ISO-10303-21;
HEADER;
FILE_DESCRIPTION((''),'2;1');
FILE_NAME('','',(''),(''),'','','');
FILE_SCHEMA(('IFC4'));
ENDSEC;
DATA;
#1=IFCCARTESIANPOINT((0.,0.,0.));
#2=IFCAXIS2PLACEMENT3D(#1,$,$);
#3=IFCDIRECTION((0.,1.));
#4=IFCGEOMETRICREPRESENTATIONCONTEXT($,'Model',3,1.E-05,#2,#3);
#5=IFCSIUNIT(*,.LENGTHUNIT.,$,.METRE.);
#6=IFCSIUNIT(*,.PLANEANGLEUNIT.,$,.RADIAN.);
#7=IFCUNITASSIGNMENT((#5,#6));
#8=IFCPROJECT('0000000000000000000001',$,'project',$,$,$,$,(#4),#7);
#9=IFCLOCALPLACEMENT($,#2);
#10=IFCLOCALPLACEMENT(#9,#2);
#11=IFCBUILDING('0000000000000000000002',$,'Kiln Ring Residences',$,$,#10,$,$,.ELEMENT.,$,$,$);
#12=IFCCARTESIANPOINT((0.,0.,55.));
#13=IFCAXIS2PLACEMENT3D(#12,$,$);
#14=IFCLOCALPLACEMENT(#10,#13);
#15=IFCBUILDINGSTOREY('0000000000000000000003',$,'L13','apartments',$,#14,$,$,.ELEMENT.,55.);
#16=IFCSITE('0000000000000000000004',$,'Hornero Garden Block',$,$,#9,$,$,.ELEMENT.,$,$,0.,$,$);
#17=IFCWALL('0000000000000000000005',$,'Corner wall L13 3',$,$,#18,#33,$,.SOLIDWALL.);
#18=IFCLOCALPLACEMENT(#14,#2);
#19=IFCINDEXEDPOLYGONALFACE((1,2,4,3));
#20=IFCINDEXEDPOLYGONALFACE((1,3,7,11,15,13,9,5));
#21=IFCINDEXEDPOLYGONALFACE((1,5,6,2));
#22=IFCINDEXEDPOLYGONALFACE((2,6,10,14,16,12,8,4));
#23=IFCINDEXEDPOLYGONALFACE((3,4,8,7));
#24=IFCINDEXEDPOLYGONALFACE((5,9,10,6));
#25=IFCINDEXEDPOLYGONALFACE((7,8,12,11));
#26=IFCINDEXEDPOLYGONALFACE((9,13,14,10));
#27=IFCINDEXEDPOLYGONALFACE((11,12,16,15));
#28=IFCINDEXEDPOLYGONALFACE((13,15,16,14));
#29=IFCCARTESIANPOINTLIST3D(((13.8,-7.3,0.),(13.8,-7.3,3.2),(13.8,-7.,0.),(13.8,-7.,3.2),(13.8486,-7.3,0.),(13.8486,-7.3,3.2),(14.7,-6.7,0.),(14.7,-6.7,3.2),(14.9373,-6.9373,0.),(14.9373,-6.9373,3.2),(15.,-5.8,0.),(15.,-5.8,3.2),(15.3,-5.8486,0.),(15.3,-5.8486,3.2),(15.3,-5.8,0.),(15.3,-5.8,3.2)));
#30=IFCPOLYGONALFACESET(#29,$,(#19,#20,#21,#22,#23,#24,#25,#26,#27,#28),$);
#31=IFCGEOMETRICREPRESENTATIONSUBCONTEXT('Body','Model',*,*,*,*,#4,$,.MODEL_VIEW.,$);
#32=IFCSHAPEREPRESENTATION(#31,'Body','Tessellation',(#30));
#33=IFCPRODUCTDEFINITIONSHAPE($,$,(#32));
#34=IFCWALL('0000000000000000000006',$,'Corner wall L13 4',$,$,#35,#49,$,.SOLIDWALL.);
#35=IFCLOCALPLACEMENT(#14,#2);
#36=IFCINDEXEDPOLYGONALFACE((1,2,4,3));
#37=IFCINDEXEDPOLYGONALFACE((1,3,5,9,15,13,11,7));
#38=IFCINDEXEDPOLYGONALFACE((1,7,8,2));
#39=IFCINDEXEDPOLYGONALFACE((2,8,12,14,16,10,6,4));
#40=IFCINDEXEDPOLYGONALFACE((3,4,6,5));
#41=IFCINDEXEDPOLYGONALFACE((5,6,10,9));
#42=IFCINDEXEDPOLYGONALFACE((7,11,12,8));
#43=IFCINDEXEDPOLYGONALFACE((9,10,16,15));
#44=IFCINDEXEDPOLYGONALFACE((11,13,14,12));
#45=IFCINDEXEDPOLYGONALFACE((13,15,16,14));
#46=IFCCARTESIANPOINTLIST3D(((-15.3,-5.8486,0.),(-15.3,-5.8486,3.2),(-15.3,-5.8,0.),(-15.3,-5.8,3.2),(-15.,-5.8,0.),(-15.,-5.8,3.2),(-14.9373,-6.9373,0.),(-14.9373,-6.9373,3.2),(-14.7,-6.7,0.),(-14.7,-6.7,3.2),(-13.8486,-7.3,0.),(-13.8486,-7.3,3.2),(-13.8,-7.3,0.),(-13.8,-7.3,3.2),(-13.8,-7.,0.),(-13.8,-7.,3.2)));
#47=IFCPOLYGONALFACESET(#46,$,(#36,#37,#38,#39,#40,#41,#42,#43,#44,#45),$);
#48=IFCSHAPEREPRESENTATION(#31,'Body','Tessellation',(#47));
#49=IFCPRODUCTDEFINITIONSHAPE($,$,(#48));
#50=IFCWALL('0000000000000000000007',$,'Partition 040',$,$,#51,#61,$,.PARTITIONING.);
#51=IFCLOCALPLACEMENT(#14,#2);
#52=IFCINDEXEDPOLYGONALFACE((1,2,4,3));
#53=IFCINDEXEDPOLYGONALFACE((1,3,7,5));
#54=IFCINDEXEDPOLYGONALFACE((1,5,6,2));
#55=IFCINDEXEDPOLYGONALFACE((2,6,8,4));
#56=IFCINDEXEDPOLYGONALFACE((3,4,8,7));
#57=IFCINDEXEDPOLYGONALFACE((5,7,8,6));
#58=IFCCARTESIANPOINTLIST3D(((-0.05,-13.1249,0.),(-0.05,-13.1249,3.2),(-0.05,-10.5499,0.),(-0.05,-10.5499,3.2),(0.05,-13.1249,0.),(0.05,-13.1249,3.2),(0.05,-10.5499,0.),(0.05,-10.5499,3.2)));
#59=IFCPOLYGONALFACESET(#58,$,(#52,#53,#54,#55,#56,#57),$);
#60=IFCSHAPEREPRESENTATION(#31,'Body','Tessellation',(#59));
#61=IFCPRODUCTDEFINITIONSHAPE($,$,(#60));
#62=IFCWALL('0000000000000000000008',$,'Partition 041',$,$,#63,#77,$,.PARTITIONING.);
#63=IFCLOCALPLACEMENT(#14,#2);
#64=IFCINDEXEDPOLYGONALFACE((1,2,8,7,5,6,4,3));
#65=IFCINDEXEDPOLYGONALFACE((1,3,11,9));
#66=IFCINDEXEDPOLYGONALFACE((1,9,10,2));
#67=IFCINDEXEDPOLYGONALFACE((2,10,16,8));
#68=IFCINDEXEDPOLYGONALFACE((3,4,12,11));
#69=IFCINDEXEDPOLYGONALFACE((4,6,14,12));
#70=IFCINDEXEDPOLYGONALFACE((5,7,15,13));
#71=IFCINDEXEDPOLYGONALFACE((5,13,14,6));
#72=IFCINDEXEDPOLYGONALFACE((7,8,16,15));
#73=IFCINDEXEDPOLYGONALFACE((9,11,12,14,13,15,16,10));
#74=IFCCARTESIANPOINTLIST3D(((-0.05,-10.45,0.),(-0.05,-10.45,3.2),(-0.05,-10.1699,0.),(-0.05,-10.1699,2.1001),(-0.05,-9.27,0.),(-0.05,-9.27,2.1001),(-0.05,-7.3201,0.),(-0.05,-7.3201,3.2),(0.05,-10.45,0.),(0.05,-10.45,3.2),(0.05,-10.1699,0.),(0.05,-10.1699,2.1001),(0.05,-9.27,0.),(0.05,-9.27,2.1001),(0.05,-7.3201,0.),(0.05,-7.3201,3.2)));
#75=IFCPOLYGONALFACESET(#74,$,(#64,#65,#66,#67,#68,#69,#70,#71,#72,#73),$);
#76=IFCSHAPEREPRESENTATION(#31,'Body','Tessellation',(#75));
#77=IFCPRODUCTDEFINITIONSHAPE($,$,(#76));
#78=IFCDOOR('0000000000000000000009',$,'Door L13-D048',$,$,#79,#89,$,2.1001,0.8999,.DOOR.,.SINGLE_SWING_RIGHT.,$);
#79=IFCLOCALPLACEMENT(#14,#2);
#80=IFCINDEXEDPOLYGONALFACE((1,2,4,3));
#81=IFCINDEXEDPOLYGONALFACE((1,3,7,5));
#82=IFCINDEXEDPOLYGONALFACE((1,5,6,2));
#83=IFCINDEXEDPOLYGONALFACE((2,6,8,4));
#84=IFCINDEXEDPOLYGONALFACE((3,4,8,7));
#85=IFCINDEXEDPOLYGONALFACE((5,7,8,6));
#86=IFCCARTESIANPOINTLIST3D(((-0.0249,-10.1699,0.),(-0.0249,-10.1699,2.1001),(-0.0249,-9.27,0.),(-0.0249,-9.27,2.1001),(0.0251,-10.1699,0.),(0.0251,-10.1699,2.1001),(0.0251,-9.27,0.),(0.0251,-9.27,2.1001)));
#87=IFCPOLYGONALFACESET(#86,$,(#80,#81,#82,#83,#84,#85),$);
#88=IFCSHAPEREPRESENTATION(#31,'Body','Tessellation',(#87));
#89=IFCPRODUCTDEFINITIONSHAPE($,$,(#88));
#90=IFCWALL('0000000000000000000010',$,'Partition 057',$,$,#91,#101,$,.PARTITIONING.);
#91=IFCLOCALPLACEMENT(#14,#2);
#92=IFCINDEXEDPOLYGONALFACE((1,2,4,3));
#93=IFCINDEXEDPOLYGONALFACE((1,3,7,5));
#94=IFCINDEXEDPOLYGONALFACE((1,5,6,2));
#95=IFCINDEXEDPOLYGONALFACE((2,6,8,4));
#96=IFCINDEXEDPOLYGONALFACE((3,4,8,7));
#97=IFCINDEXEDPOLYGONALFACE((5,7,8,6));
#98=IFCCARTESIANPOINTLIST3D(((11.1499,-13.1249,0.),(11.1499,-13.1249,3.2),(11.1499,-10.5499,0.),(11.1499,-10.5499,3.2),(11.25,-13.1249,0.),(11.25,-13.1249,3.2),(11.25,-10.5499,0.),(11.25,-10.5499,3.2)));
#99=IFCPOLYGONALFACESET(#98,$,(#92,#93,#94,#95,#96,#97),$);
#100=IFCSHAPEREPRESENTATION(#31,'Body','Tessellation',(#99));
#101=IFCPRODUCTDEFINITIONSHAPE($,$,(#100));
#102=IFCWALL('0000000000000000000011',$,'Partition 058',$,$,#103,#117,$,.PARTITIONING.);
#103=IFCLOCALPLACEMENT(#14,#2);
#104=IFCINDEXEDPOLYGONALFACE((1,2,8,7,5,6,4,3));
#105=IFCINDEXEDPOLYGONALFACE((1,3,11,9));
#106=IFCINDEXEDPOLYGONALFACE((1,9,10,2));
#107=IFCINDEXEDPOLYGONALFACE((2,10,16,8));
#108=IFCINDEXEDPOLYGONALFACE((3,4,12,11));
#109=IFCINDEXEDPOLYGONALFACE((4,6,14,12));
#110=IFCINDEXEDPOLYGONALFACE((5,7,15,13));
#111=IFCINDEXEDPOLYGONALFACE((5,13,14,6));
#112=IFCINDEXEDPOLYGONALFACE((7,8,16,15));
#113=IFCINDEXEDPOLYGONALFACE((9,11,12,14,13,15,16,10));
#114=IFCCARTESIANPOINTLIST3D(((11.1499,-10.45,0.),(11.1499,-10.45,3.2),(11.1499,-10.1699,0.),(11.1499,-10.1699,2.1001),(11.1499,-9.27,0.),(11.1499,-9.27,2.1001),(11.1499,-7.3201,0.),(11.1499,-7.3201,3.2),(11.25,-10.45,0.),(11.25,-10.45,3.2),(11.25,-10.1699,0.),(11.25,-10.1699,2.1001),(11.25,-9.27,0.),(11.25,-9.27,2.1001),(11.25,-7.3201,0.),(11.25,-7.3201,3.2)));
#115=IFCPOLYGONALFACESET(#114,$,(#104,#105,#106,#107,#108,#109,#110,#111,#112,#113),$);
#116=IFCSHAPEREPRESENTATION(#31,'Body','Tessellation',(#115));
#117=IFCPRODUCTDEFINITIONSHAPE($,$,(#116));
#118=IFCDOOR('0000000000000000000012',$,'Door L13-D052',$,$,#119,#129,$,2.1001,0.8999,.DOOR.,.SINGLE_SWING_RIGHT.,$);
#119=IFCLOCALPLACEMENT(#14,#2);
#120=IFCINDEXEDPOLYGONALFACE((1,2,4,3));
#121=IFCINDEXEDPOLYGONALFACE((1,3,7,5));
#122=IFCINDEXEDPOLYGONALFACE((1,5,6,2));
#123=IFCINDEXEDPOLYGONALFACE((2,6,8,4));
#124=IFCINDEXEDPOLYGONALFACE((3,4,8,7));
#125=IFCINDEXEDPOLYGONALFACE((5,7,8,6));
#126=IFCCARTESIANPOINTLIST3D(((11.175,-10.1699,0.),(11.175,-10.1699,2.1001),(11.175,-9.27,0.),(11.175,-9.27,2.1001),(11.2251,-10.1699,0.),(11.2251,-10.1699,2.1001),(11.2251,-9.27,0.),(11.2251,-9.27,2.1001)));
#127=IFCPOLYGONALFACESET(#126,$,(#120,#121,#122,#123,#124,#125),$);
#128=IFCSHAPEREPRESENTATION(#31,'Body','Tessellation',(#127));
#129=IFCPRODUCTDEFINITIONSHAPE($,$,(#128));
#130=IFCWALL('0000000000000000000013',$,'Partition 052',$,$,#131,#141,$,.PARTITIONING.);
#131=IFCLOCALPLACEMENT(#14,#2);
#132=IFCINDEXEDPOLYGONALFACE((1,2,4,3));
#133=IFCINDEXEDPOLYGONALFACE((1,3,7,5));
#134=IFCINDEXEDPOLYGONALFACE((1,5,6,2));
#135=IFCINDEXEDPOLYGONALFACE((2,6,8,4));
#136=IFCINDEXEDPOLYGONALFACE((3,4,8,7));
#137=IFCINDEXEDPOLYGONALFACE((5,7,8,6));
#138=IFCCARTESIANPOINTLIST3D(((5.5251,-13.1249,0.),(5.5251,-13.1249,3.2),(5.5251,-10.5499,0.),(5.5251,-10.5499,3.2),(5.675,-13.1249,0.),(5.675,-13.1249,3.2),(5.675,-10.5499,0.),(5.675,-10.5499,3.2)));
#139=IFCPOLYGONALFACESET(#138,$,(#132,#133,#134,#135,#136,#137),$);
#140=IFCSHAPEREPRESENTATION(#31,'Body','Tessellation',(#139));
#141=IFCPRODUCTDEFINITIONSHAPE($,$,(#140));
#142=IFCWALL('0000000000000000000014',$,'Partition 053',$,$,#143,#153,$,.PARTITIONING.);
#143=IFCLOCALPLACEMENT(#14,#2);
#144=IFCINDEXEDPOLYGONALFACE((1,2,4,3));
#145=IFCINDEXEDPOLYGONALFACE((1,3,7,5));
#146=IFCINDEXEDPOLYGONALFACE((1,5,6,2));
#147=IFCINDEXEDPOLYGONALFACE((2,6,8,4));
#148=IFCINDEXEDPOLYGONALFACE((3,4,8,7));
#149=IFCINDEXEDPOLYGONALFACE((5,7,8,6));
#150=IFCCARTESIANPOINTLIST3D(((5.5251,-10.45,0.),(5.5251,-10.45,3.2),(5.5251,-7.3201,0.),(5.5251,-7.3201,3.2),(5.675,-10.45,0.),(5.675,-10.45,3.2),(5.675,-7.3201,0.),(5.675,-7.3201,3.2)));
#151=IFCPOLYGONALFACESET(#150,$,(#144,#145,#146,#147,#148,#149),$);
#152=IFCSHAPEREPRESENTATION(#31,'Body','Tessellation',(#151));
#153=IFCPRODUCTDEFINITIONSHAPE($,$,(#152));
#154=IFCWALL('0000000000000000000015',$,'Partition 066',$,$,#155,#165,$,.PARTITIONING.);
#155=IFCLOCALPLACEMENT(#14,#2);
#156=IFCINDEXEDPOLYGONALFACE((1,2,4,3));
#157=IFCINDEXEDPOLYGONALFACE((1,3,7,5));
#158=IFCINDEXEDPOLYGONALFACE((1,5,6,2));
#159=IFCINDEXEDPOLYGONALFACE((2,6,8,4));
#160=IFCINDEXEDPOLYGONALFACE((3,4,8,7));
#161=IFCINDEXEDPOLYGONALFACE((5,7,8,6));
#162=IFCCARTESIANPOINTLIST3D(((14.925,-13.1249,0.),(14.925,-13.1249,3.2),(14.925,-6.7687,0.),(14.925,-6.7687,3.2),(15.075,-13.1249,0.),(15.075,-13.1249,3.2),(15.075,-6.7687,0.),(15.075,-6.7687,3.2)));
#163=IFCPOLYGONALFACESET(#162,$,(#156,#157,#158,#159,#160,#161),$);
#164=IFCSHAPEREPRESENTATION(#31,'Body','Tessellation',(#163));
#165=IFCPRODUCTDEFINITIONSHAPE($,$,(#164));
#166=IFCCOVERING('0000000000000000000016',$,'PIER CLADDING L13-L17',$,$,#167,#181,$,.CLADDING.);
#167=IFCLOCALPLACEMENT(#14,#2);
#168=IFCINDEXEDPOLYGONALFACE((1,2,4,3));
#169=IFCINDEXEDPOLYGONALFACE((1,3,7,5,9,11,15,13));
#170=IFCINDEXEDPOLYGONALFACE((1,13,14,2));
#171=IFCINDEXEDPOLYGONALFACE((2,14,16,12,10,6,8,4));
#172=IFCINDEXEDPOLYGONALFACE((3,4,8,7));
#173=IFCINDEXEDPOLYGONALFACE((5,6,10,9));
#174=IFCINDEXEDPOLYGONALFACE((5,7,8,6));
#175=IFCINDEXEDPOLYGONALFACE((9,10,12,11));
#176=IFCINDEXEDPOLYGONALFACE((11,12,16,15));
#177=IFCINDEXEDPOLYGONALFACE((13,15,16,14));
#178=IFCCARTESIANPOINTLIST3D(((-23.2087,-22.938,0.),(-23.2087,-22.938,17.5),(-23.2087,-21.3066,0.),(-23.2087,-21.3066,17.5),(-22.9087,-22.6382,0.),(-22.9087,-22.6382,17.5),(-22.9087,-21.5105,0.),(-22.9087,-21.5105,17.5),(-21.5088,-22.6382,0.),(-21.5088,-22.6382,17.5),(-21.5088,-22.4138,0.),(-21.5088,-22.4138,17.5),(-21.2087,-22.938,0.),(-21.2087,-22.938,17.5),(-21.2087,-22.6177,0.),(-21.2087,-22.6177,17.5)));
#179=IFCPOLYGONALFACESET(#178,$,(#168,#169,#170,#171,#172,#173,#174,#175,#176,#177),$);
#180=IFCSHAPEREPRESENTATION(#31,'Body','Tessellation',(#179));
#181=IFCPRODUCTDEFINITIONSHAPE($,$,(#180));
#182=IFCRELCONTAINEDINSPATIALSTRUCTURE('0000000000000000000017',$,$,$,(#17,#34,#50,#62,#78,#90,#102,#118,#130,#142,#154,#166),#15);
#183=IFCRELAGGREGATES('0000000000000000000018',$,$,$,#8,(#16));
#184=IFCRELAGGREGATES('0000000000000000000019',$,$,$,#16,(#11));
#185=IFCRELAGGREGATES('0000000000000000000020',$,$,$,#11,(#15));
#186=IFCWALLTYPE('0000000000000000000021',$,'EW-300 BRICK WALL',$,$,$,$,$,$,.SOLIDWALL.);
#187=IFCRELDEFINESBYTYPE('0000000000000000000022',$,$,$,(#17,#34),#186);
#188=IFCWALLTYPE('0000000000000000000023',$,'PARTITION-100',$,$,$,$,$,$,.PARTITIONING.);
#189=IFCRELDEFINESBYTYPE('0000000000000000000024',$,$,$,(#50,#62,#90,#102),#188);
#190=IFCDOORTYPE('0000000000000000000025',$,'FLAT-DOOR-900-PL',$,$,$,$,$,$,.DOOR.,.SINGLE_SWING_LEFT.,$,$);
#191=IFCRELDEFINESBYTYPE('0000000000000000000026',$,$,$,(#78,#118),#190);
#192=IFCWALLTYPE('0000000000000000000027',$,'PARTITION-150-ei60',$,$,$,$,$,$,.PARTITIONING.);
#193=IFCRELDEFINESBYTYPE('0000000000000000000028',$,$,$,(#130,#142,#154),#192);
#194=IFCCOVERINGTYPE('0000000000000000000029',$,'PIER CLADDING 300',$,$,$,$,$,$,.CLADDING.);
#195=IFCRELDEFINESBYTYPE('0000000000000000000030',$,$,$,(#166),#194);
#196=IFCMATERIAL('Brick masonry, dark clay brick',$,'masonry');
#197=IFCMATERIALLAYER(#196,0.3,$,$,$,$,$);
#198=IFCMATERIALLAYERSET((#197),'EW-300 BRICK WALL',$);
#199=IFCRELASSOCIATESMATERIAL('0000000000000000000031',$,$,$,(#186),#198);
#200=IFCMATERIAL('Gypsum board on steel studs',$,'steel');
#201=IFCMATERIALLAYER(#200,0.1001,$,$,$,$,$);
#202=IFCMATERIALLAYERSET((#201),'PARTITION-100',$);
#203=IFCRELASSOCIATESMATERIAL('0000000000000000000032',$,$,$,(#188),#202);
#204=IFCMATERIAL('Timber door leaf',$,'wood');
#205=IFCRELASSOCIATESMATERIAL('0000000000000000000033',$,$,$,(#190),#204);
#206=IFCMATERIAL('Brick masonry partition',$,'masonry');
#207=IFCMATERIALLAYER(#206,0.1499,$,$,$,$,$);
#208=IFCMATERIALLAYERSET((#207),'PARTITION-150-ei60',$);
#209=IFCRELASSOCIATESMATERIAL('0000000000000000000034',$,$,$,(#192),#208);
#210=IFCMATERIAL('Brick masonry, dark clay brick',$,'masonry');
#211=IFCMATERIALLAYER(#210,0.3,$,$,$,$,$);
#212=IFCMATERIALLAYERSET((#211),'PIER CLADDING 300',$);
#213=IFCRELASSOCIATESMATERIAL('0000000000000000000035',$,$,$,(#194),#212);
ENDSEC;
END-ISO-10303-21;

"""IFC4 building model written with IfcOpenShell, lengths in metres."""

from ifc_helpers import new_model, si_unit, direction, frame, frame_2d, origin, place, context, subcontext, project, spatial, polyline, rectangle, outline, extrude, material, layer, layer_set, type_object, element, fill, save


model = new_model("IFC4")

# Units and contexts
model_context = context("Model", 3, precision=1e-05, world=origin(), true_north=direction((0.0, 1.0)))
body_context = subcontext(model_context, "Body", "Model", "MODEL_VIEW")
ifc_project = project(units=[si_unit("LENGTHUNIT", "METRE"), si_unit("PLANEANGLEUNIT", "RADIAN")], contexts=[model_context])

# Site, building, storey
site_placement = place(None, origin())
site = spatial("IfcSite", under=ifc_project, at=site_placement, Name="Hornero Garden Block", CompositionType="ELEMENT", RefElevation=0.0)
building_placement = place(site_placement, origin())
building = spatial("IfcBuilding", under=site, at=building_placement, Name="Kiln Ring Residences", CompositionType="ELEMENT")
storey_placement = place(building_placement, frame((0.0, 0.0, 55.0)))
storey = spatial("IfcBuildingStorey", under=building, at=storey_placement, Name="L13", Description="apartments", CompositionType="ELEMENT", Elevation=55.0)

# Shared definitions
ifc_material_1 = material(Name="Brick masonry, dark clay brick", Category="masonry")
ifc_layer_1 = layer(ifc_material_1, 0.3)
ifc_layer_set_1 = layer_set([ifc_layer_1], Name="EW-300 BRICK WALL")
wall_type_1 = type_object("IfcWallType", Name="EW-300 BRICK WALL", PredefinedType="SOLIDWALL", material=ifc_layer_set_1)

# Walls
placement = place(storey_placement, origin())
element("IfcWall", 1, at=placement, inside=storey, type_object=wall_type_1, Name="Corner wall L13 3", PredefinedType="SOLIDWALL", context=body_context, shape_type="SweptSolid", body=[
    extrude(outline(polyline([(14.9373, -6.9373), (15.3, -5.8486), (15.3, -5.8), (15.0, -5.8), (14.7, -6.7), (13.8, -7.0), (13.8, -7.3), (13.8486, -7.3), (14.9373, -6.9373)])), origin(), (0.0, 0.0, 1.0), 3.2),
])
element("IfcWall", 2, at=placement, inside=storey, type_object=wall_type_1, Name="Corner wall L13 4", PredefinedType="SOLIDWALL", context=body_context, shape_type="SweptSolid", body=[
    extrude(outline(polyline([(-14.9373, -6.9373), (-13.8486, -7.3), (-13.8, -7.3), (-13.8, -7.0), (-14.7, -6.7), (-15.0, -5.8), (-15.3, -5.8), (-15.3, -5.8486), (-14.9373, -6.9373)])), origin(), (0.0, 0.0, 1.0), 3.2),
])
ifc_material_2 = material(Name="Gypsum board on steel studs", Category="steel")
ifc_layer_2 = layer(ifc_material_2, 0.1001)
ifc_layer_set_2 = layer_set([ifc_layer_2], Name="PARTITION-100")
wall_type_2 = type_object("IfcWallType", Name="PARTITION-100", PredefinedType="PARTITIONING", material=ifc_layer_set_2)
wall_1_placement = place(storey_placement, frame((0.0, -13.125, 0.0), z_axis=(0.0, 0.0, 1.0), x_axis=(0.0, 1.0, 0.0)))
element("IfcWall", 3, at=wall_1_placement, inside=storey, type_object=wall_type_2, Name="Partition 040", PredefinedType="PARTITIONING", context=body_context, shape_type="SweptSolid", body=[
    extrude(rectangle(XDim=2.575, YDim=0.1001, at=frame_2d((1.2876, 0.0))), origin(), (0.0, 0.0, 1.0), 3.2),
])

# Wall, opening, door
wall_2_placement = place(storey_placement, frame((0.0, -10.45, 0.0), z_axis=(0.0, 0.0, 1.0), x_axis=(0.0, 1.0, 0.0)))
wall_2 = element("IfcWall", 4, at=wall_2_placement, inside=storey, type_object=wall_type_2, Name="Partition 041", PredefinedType="PARTITIONING", context=body_context, shape_type="SweptSolid", body=[
    extrude(rectangle(XDim=3.1299, YDim=0.1001, at=frame_2d((1.5649, 0.0))), origin(), (0.0, 0.0, 1.0), 3.2),
])
opening_1_placement = place(wall_2_placement, frame((0.28, 0.0, 0.0)))
opening_1 = element("IfcOpeningElement", 5, at=opening_1_placement, cuts=wall_2, PredefinedType="OPENING", context=body_context, shape_type="SweptSolid", body=[
    extrude(rectangle(XDim=0.8999, YDim=2.1001, at=frame_2d((0.45, 1.05))), frame((0.0, 0.0601, 0.0), z_axis=(0.0, -1.0, 0.0), x_axis=(1.0, 0.0, 0.0)), (0.0, 0.0, 1.0), 0.1201),
])
ifc_material_3 = material(Name="Timber door leaf", Category="wood")
door_type = type_object("IfcDoorType", Name="FLAT-DOOR-900-PL", OperationType="SINGLE_SWING_LEFT", PredefinedType="DOOR", material=ifc_material_3)
door_1_placement = place(opening_1_placement, origin())
door_1 = element("IfcDoor", 6, at=door_1_placement, inside=storey, type_object=door_type, Name="Door L13-D048", OperationType="SINGLE_SWING_RIGHT", OverallHeight=2.1001, OverallWidth=0.8999, PredefinedType="DOOR", context=body_context, shape_type="SweptSolid", body=[
    extrude(rectangle(XDim=0.8999, YDim=2.1001, at=frame_2d((0.45, 1.05))), frame((0.0, 0.0249, 0.0), z_axis=(0.0, -1.0, 0.0), x_axis=(1.0, 0.0, 0.0)), (0.0, 0.0, 1.0), 0.05),
])
fill(opening_1, door_1)

# Wall
wall_3_placement = place(storey_placement, frame((11.2, -13.125, 0.0), z_axis=(0.0, 0.0, 1.0), x_axis=(0.0, 1.0, 0.0)))
element("IfcWall", 7, at=wall_3_placement, inside=storey, type_object=wall_type_2, Name="Partition 057", PredefinedType="PARTITIONING", context=body_context, shape_type="SweptSolid", body=[
    extrude(rectangle(XDim=2.575, YDim=0.1001, at=frame_2d((1.2876, 0.0))), origin(), (0.0, 0.0, 1.0), 3.2),
])

# Wall, opening, door
wall_4_placement = place(storey_placement, frame((11.2, -10.45, 0.0), z_axis=(0.0, 0.0, 1.0), x_axis=(0.0, 1.0, 0.0)))
wall_4 = element("IfcWall", 8, at=wall_4_placement, inside=storey, type_object=wall_type_2, Name="Partition 058", PredefinedType="PARTITIONING", context=body_context, shape_type="SweptSolid", body=[
    extrude(rectangle(XDim=3.1299, YDim=0.1001, at=frame_2d((1.5649, 0.0))), origin(), (0.0, 0.0, 1.0), 3.2),
])
opening_2_placement = place(wall_4_placement, frame((0.28, 0.0, 0.0)))
opening_2 = element("IfcOpeningElement", 9, at=opening_2_placement, cuts=wall_4, PredefinedType="OPENING", context=body_context, shape_type="SweptSolid", body=[
    extrude(rectangle(XDim=0.8999, YDim=2.1001, at=frame_2d((0.45, 1.05))), frame((0.0, 0.0601, 0.0), z_axis=(0.0, -1.0, 0.0), x_axis=(1.0, 0.0, 0.0)), (0.0, 0.0, 1.0), 0.1201),
])
door_2_placement = place(opening_2_placement, origin())
door_2 = element("IfcDoor", 10, at=door_2_placement, inside=storey, type_object=door_type, Name="Door L13-D052", OperationType="SINGLE_SWING_RIGHT", OverallHeight=2.1001, OverallWidth=0.8999, PredefinedType="DOOR", context=body_context, shape_type="SweptSolid", body=[
    extrude(rectangle(XDim=0.8999, YDim=2.1001, at=frame_2d((0.45, 1.05))), frame((0.0, 0.0249, 0.0), z_axis=(0.0, -1.0, 0.0), x_axis=(1.0, 0.0, 0.0)), (0.0, 0.0, 1.0), 0.05),
])
fill(opening_2, door_2)

# Walls
ifc_material_4 = material(Name="Brick masonry partition", Category="masonry")
ifc_layer_3 = layer(ifc_material_4, 0.1499)
ifc_layer_set_3 = layer_set([ifc_layer_3], Name="PARTITION-150-ei60")
wall_type_3 = type_object("IfcWallType", Name="PARTITION-150-ei60", PredefinedType="PARTITIONING", material=ifc_layer_set_3)
wall_5_placement = place(storey_placement, frame((5.6001, -13.125, 0.0), z_axis=(0.0, 0.0, 1.0), x_axis=(0.0, 1.0, 0.0)))
element("IfcWall", 11, at=wall_5_placement, inside=storey, type_object=wall_type_3, Name="Partition 052", PredefinedType="PARTITIONING", context=body_context, shape_type="SweptSolid", body=[
    extrude(rectangle(XDim=2.575, YDim=0.1499, at=frame_2d((1.2876, 0.0))), origin(), (0.0, 0.0, 1.0), 3.2),
])
wall_6_placement = place(storey_placement, frame((5.6001, -10.45, 0.0), z_axis=(0.0, 0.0, 1.0), x_axis=(0.0, 1.0, 0.0)))
element("IfcWall", 12, at=wall_6_placement, inside=storey, type_object=wall_type_3, Name="Partition 053", PredefinedType="PARTITIONING", context=body_context, shape_type="SweptSolid", body=[
    extrude(rectangle(XDim=3.1299, YDim=0.1499, at=frame_2d((1.5649, 0.0))), origin(), (0.0, 0.0, 1.0), 3.2),
])
wall_7_placement = place(storey_placement, frame((15.0, -13.125, 0.0), z_axis=(0.0, 0.0, 1.0), x_axis=(0.0, 1.0, 0.0)))
element("IfcWall", 13, at=wall_7_placement, inside=storey, type_object=wall_type_3, Name="Partition 066", PredefinedType="PARTITIONING", context=body_context, shape_type="SweptSolid", body=[
    extrude(rectangle(XDim=6.3562, YDim=0.1499, at=frame_2d((3.1782, 0.0))), origin(), (0.0, 0.0, 1.0), 3.2),
])

# Covering
ifc_material_5 = material(Name="Brick masonry, dark clay brick", Category="masonry")
ifc_layer_4 = layer(ifc_material_5, 0.3)
ifc_layer_set_4 = layer_set([ifc_layer_4], Name="PIER CLADDING 300")
covering_type_1 = type_object("IfcCoveringType", Name="PIER CLADDING 300", PredefinedType="CLADDING", material=ifc_layer_set_4)
element("IfcCovering", 14, at=placement, inside=storey, type_object=covering_type_1, Name="PIER CLADDING L13-L17", PredefinedType="CLADDING", context=body_context, shape_type="SweptSolid", body=[
    extrude(outline(polyline([(-22.9087, -22.6382), (-22.9087, -21.5105), (-23.2087, -21.3066), (-23.2087, -22.938), (-21.2087, -22.938), (-21.2087, -22.6177), (-21.5088, -22.4138), (-21.5088, -22.6382), (-22.9087, -22.6382)])), origin(), (0.0, 0.0, 1.0), 17.5),
])

save(model, "model.ifc")
